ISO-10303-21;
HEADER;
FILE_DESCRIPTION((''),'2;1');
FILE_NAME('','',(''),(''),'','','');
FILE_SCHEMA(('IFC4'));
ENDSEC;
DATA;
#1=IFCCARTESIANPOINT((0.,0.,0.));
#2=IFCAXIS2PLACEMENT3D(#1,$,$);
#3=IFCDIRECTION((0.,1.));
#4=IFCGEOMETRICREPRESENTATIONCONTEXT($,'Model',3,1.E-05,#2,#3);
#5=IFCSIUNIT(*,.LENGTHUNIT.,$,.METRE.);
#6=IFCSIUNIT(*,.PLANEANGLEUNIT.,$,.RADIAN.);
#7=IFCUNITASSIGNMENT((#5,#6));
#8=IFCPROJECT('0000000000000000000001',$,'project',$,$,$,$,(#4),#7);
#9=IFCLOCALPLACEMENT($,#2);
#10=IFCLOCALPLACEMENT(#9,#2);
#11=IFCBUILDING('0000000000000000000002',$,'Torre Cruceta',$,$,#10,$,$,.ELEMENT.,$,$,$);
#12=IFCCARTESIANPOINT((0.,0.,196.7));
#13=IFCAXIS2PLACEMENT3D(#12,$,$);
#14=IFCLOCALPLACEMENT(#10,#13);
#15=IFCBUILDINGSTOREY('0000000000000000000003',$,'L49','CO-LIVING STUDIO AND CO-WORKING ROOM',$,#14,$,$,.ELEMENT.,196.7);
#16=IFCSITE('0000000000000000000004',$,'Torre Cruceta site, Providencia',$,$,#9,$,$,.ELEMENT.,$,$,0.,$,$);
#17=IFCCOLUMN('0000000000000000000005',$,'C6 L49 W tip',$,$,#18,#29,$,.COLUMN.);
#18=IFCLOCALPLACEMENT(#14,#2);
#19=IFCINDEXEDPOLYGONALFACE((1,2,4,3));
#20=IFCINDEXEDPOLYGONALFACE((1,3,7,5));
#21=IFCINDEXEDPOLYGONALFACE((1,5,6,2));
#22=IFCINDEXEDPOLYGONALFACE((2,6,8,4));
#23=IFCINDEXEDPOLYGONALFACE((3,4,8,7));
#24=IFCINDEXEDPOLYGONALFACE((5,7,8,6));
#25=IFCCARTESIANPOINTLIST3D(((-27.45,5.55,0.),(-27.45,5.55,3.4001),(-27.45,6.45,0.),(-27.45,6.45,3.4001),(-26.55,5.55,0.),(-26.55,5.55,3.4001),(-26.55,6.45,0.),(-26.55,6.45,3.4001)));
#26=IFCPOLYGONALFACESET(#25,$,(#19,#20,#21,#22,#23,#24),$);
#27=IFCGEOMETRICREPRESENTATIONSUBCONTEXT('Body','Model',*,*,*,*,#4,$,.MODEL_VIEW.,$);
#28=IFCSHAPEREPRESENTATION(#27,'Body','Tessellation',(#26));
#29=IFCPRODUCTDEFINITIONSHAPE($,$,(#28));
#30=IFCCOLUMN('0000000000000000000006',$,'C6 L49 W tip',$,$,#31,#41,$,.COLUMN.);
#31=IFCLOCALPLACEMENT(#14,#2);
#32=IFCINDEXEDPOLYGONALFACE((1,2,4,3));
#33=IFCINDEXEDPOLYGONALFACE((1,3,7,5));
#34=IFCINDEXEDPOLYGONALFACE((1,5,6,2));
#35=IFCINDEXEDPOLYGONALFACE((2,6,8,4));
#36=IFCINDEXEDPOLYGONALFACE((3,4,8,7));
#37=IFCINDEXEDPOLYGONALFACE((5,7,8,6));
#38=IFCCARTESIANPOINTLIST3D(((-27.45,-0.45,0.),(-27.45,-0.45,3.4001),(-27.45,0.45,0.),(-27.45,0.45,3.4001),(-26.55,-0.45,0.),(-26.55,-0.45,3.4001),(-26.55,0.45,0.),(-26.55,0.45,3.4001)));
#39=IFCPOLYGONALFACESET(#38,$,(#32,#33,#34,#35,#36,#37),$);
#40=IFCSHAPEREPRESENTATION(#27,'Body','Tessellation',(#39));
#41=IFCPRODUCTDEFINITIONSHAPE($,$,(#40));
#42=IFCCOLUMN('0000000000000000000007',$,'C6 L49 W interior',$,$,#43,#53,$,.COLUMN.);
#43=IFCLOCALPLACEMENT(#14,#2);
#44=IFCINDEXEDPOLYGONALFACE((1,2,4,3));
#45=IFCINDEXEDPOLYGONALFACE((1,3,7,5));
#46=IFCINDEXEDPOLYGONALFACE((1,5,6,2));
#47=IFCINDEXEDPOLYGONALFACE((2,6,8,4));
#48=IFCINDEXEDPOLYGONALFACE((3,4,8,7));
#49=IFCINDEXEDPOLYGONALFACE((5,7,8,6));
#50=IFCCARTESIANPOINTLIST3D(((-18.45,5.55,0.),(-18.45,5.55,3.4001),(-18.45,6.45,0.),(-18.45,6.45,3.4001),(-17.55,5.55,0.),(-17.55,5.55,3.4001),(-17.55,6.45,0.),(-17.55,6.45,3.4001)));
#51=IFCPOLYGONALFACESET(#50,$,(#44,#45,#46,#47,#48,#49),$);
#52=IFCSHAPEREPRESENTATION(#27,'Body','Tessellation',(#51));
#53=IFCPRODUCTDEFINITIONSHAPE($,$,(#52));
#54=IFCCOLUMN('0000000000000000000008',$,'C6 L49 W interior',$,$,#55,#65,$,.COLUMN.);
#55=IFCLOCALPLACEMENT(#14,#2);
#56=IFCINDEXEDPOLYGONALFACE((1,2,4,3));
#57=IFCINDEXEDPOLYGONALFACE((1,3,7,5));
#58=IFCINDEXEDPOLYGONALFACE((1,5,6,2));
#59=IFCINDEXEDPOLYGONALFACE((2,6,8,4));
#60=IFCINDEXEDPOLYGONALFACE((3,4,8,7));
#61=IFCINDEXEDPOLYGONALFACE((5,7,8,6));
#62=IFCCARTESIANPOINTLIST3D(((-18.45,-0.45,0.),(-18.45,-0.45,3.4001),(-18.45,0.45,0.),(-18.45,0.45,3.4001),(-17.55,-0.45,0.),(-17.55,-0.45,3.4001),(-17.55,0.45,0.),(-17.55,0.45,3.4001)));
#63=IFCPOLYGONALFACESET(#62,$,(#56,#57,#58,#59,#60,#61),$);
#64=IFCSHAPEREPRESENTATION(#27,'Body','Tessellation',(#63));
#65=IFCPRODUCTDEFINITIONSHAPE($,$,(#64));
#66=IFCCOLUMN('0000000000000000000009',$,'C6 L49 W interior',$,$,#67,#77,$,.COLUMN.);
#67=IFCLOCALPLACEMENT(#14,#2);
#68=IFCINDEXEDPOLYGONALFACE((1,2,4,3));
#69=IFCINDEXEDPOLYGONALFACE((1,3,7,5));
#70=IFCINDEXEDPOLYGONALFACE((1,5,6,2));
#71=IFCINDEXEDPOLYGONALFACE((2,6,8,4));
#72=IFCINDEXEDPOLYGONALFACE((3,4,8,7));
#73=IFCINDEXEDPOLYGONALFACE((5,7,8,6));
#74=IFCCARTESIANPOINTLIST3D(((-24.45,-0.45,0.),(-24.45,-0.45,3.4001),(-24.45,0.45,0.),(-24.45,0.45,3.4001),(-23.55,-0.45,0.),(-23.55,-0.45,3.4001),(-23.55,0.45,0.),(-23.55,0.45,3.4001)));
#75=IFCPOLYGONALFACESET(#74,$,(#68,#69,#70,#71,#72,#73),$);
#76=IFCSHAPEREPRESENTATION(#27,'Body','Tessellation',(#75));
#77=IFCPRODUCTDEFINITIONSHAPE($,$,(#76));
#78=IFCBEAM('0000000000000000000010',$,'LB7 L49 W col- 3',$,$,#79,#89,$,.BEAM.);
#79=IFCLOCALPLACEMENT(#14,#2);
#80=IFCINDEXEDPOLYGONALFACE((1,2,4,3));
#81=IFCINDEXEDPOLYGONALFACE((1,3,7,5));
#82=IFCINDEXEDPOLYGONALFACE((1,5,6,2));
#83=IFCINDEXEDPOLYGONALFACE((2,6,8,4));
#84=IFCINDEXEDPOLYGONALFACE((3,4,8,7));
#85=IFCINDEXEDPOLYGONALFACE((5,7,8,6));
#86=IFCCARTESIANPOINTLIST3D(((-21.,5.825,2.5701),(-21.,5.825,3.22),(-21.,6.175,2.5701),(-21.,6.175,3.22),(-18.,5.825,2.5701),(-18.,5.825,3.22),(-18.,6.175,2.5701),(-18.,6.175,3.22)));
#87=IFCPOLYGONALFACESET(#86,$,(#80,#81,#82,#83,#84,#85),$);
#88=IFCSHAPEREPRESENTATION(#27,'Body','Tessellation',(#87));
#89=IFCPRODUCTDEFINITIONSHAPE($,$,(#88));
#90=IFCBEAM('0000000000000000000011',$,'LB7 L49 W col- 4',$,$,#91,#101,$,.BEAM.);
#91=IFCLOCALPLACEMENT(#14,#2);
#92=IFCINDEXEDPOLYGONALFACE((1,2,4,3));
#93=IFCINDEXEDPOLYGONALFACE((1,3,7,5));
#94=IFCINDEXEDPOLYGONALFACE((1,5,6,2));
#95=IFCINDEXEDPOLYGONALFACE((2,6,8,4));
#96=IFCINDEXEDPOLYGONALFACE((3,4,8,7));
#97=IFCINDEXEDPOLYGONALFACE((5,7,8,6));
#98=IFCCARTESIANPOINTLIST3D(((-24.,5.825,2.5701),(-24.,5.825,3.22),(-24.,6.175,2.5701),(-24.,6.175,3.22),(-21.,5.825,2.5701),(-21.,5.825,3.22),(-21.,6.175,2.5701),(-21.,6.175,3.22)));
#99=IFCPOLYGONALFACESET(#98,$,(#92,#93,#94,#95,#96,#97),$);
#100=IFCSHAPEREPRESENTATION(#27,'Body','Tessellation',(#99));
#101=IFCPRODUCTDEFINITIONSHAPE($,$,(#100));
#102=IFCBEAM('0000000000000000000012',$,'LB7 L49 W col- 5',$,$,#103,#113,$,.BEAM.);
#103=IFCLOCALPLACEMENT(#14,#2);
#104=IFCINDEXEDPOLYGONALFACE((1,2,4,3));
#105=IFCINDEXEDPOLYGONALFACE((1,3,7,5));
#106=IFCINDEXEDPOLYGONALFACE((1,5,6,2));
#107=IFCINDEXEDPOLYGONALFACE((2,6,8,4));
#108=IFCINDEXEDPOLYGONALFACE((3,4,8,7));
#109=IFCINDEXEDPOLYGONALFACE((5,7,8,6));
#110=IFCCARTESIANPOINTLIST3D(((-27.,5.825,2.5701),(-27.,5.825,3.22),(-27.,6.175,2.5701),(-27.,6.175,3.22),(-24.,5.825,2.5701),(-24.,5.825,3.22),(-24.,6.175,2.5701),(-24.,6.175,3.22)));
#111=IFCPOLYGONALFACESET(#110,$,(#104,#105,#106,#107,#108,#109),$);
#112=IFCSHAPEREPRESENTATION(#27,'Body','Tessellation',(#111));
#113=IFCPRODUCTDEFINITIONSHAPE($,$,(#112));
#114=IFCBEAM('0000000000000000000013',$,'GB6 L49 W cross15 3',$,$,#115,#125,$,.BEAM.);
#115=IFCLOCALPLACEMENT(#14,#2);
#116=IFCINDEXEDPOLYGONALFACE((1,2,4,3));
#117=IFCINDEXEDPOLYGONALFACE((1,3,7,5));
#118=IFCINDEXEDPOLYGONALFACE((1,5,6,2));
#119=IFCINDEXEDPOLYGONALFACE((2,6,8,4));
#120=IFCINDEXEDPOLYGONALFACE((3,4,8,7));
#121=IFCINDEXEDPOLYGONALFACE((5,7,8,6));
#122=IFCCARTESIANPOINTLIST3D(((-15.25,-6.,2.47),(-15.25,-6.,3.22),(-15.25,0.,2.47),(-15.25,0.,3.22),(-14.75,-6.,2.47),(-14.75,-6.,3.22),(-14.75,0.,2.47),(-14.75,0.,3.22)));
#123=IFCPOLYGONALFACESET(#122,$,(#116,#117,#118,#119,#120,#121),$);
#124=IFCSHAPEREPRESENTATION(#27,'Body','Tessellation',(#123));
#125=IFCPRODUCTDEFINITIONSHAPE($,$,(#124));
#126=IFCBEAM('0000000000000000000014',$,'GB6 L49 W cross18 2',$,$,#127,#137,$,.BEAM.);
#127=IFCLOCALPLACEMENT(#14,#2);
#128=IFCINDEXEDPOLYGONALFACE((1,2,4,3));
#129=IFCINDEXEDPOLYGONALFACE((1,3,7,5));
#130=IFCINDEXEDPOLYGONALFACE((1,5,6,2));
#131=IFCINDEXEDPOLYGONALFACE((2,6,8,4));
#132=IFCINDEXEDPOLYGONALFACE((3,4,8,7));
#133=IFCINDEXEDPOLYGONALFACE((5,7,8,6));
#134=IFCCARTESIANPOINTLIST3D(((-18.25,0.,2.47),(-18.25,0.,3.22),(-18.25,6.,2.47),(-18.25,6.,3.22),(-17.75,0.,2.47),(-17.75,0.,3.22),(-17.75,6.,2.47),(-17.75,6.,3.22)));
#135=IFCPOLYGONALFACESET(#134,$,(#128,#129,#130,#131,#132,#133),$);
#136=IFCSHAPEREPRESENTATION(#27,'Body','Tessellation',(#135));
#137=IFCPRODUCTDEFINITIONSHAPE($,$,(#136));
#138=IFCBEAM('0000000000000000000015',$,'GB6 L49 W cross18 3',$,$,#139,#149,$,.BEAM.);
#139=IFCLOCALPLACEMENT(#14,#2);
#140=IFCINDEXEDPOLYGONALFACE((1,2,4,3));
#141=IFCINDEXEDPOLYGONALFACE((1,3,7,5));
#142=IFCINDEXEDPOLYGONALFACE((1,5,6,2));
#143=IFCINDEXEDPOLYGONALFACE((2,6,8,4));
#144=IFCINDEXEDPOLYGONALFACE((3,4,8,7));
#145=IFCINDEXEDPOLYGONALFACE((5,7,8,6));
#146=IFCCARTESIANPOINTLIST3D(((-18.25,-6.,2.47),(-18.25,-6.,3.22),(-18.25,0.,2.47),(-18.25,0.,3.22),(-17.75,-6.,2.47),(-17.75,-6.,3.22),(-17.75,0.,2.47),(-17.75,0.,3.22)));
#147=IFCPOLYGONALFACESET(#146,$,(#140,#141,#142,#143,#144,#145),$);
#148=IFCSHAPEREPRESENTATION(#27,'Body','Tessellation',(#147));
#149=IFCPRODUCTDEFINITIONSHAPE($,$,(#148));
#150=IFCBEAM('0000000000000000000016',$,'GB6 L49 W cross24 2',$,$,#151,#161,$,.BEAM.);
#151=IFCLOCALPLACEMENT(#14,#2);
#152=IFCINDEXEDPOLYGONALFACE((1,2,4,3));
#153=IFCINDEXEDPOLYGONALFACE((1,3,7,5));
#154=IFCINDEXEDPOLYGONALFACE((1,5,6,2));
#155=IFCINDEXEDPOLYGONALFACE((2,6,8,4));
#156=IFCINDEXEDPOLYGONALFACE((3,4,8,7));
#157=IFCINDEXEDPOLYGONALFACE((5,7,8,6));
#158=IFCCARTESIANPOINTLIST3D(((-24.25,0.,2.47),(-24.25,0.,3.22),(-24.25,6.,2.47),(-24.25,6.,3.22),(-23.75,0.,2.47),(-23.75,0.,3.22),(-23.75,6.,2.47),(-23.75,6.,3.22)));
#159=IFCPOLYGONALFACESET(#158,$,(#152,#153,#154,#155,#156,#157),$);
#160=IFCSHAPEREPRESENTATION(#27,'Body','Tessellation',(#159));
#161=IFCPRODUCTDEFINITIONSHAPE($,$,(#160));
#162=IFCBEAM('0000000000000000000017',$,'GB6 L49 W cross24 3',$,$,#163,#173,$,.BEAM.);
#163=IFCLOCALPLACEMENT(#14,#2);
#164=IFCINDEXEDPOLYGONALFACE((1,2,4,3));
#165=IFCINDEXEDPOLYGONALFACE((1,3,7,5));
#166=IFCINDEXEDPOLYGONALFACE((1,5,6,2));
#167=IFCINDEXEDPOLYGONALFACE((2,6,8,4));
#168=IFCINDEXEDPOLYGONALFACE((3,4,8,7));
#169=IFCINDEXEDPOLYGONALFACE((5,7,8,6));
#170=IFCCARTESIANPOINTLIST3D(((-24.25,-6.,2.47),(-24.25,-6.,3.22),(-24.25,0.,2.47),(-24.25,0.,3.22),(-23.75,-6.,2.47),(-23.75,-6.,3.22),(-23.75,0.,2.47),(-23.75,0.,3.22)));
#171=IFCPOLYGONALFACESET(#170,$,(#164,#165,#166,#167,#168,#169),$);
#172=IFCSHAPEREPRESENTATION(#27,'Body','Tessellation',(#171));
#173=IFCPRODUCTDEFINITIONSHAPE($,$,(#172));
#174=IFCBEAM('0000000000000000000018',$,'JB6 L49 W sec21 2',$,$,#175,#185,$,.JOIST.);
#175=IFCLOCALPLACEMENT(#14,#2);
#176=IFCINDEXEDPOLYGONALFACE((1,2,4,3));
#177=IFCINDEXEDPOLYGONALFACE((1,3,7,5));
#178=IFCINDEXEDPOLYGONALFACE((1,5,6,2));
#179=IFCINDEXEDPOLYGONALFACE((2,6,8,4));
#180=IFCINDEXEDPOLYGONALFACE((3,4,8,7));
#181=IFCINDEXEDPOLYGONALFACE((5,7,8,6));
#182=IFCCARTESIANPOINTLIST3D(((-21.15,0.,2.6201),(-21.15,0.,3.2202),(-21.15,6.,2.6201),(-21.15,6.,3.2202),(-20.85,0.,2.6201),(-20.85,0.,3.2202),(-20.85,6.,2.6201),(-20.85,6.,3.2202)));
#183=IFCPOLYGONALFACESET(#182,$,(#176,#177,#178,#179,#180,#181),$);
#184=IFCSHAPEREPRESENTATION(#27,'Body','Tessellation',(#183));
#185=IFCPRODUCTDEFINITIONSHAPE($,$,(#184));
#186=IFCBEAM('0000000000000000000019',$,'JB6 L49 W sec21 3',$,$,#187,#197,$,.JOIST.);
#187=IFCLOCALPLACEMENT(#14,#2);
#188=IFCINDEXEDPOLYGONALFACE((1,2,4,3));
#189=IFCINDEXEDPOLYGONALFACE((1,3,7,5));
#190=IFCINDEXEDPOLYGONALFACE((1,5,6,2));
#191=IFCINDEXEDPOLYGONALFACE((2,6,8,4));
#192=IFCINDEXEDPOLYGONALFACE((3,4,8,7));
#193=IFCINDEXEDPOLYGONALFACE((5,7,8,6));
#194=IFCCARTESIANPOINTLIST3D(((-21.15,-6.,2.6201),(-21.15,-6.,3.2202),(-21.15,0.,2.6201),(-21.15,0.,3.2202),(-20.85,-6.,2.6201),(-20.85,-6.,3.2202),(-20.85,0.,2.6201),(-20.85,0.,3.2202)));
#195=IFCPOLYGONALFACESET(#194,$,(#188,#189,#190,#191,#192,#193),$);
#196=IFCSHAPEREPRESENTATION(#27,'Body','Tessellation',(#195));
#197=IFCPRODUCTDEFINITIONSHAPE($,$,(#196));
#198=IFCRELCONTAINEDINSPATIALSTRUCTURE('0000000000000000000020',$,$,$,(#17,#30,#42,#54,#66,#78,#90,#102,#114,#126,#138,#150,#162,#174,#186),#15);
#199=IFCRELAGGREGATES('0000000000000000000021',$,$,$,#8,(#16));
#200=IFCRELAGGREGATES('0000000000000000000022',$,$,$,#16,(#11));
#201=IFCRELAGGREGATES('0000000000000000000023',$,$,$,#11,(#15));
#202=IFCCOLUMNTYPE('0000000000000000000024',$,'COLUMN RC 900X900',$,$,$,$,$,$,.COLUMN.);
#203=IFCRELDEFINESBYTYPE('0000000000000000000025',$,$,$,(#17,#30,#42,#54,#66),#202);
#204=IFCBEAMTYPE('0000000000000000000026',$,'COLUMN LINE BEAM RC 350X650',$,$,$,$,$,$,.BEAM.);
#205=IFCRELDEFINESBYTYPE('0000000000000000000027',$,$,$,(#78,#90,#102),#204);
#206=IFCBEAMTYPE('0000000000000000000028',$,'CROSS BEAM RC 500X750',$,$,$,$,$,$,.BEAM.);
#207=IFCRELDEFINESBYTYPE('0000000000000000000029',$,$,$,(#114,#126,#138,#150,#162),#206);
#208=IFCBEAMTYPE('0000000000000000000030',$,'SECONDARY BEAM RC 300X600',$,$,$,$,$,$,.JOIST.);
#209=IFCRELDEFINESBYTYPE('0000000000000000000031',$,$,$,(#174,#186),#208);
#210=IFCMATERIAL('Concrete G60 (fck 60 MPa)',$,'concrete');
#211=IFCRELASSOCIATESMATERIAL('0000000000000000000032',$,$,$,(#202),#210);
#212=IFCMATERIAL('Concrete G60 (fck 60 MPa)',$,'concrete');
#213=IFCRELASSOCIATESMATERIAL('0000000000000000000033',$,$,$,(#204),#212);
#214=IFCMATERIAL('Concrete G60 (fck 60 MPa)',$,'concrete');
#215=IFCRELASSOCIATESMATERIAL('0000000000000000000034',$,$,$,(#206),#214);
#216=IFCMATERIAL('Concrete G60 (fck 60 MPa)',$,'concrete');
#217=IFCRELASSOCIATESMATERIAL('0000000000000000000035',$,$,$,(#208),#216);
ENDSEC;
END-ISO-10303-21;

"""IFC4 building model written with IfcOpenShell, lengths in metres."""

from ifc_helpers import new_model, si_unit, direction, frame, origin, origin_2d, place, context, subcontext, project, spatial, rectangle, extrude, material, material_profile, profile_set, type_object, element, save


model = new_model("IFC4")

# Units and contexts
model_context = context("Model", 3, precision=1e-05, world=origin(), true_north=direction((0.0, 1.0)))
body_context = subcontext(model_context, "Body", "Model", "MODEL_VIEW")
ifc_project = project(units=[si_unit("LENGTHUNIT", "METRE"), si_unit("PLANEANGLEUNIT", "RADIAN")], contexts=[model_context])

# Site, building, storey
site_placement = place(None, origin())
site = spatial("IfcSite", under=ifc_project, at=site_placement, Name="Torre Cruceta site, Providencia", CompositionType="ELEMENT", RefElevation=0.0)
building_placement = place(site_placement, origin())
building = spatial("IfcBuilding", under=site, at=building_placement, Name="Torre Cruceta", CompositionType="ELEMENT")
storey_placement = place(building_placement, frame((0.0, 0.0, 196.7)))
storey = spatial("IfcBuildingStorey", under=building, at=storey_placement, Name="L49", Description="CO-LIVING STUDIO AND CO-WORKING ROOM", CompositionType="ELEMENT", Elevation=196.7)

# Columns
ifc_material_1 = material(Name="Concrete G60 (fck 60 MPa)", Category="concrete")
ifc_material_profile_1 = material_profile(ifc_material_1, rectangle(XDim=0.8999, YDim=0.8999, at=origin_2d()), Name="RC 900X900")
ifc_profile_set_1 = profile_set([ifc_material_profile_1], Name="Concrete G60 (fck 60 MPa)")
column_type = type_object("IfcColumnType", Name="COLUMN RC 900X900", PredefinedType="COLUMN", material=ifc_profile_set_1)
for number, where, z_axis, x_axis, name in (
    (1, (-27.0, 6.0, 0.0), (0.0, 0.0, 1.0), (1.0, 0.0, 0.0), "C6 L49 W tip"),
    (2, (-27.0, 0.0, 0.0), (0.0, 0.0, 1.0), (1.0, 0.0, 0.0), "C6 L49 W tip"),
    (3, (-18.0, 6.0, 0.0), (0.0, 0.0, 1.0), (1.0, 0.0, 0.0), "C6 L49 W interior"),
    (4, (-18.0, 0.0, 0.0), (0.0, 0.0, 1.0), (1.0, 0.0, 0.0), "C6 L49 W interior"),
    (5, (-24.0, 0.0, 0.0), (0.0, 0.0, 1.0), (1.0, 0.0, 0.0), "C6 L49 W interior"),
):
    element("IfcColumn", number, at=place(storey_placement, frame(where, z_axis=z_axis, x_axis=x_axis)), inside=storey, type_object=column_type, Name=name, PredefinedType="COLUMN", context=body_context, shape_type="SweptSolid", body=[
        extrude(rectangle(XDim=0.8999, YDim=0.8999, at=origin_2d()), origin(), (0.0, 0.0, 1.0), 3.4001),
    ])

# Beams
ifc_material_2 = material(Name="Concrete G60 (fck 60 MPa)", Category="concrete")
ifc_material_profile_2 = material_profile(ifc_material_2, rectangle(XDim=0.3501, YDim=0.6499, at=origin_2d()), Name="RC 350X650")
ifc_profile_set_2 = profile_set([ifc_material_profile_2], Name="Concrete G60 (fck 60 MPa)")
beam_type_1 = type_object("IfcBeamType", Name="COLUMN LINE BEAM RC 350X650", PredefinedType="BEAM", material=ifc_profile_set_2)
for number, where, z_axis, x_axis, name in (
    (6, (-18.0, 6.0, 2.895), (-1.0, 0.0, 0.0), (0.0, -1.0, 0.0), "LB7 L49 W col- 3"),
    (7, (-21.0, 6.0, 2.895), (-1.0, 0.0, 0.0), (0.0, -1.0, 0.0), "LB7 L49 W col- 4"),
    (8, (-24.0, 6.0, 2.895), (-1.0, 0.0, 0.0), (0.0, -1.0, 0.0), "LB7 L49 W col- 5"),
):
    element("IfcBeam", number, at=place(storey_placement, frame(where, z_axis=z_axis, x_axis=x_axis)), inside=storey, type_object=beam_type_1, Name=name, PredefinedType="BEAM", context=body_context, shape_type="SweptSolid", body=[
        extrude(rectangle(XDim=0.3501, YDim=0.6499, at=origin_2d()), origin(), (0.0, 0.0, 1.0), 3.0),
    ])
ifc_material_3 = material(Name="Concrete G60 (fck 60 MPa)", Category="concrete")
ifc_material_profile_3 = material_profile(ifc_material_3, rectangle(XDim=0.5, YDim=0.75, at=origin_2d()), Name="RC 500X750")
ifc_profile_set_3 = profile_set([ifc_material_profile_3], Name="Concrete G60 (fck 60 MPa)")
beam_type_2 = type_object("IfcBeamType", Name="CROSS BEAM RC 500X750", PredefinedType="BEAM", material=ifc_profile_set_3)
for number, where, z_axis, x_axis, name in (
    (9, (-15.0, 0.0, 2.845), (0.0, -1.0, 0.0), (1.0, 0.0, 0.0), "GB6 L49 W cross15 3"),
    (10, (-18.0, 6.0, 2.845), (0.0, -1.0, 0.0), (1.0, 0.0, 0.0), "GB6 L49 W cross18 2"),
    (11, (-18.0, 0.0, 2.845), (0.0, -1.0, 0.0), (1.0, 0.0, 0.0), "GB6 L49 W cross18 3"),
    (12, (-24.0, 6.0, 2.845), (0.0, -1.0, 0.0), (1.0, 0.0, 0.0), "GB6 L49 W cross24 2"),
    (13, (-24.0, 0.0, 2.845), (0.0, -1.0, 0.0), (1.0, 0.0, 0.0), "GB6 L49 W cross24 3"),
):
    element("IfcBeam", number, at=place(storey_placement, frame(where, z_axis=z_axis, x_axis=x_axis)), inside=storey, type_object=beam_type_2, Name=name, PredefinedType="BEAM", context=body_context, shape_type="SweptSolid", body=[
        extrude(rectangle(XDim=0.5, YDim=0.75, at=origin_2d()), origin(), (0.0, 0.0, 1.0), 6.0),
    ])
ifc_material_4 = material(Name="Concrete G60 (fck 60 MPa)", Category="concrete")
ifc_material_profile_4 = material_profile(ifc_material_4, rectangle(XDim=0.3, YDim=0.6001, at=origin_2d()), Name="RC 300X600")
ifc_profile_set_4 = profile_set([ifc_material_profile_4], Name="Concrete G60 (fck 60 MPa)")
beam_type_3 = type_object("IfcBeamType", Name="SECONDARY BEAM RC 300X600", PredefinedType="JOIST", material=ifc_profile_set_4)
for number, where, z_axis, x_axis, name in (
    (14, (-21.0, 6.0, 2.9202), (0.0, -1.0, 0.0), (1.0, 0.0, 0.0), "JB6 L49 W sec21 2"),
    (15, (-21.0, 0.0, 2.9202), (0.0, -1.0, 0.0), (1.0, 0.0, 0.0), "JB6 L49 W sec21 3"),
):
    element("IfcBeam", number, at=place(storey_placement, frame(where, z_axis=z_axis, x_axis=x_axis)), inside=storey, type_object=beam_type_3, Name=name, PredefinedType="JOIST", context=body_context, shape_type="SweptSolid", body=[
        extrude(rectangle(XDim=0.3, YDim=0.6001, at=origin_2d()), origin(), (0.0, 0.0, 1.0), 6.0),
    ])

save(model, "model.ifc")
